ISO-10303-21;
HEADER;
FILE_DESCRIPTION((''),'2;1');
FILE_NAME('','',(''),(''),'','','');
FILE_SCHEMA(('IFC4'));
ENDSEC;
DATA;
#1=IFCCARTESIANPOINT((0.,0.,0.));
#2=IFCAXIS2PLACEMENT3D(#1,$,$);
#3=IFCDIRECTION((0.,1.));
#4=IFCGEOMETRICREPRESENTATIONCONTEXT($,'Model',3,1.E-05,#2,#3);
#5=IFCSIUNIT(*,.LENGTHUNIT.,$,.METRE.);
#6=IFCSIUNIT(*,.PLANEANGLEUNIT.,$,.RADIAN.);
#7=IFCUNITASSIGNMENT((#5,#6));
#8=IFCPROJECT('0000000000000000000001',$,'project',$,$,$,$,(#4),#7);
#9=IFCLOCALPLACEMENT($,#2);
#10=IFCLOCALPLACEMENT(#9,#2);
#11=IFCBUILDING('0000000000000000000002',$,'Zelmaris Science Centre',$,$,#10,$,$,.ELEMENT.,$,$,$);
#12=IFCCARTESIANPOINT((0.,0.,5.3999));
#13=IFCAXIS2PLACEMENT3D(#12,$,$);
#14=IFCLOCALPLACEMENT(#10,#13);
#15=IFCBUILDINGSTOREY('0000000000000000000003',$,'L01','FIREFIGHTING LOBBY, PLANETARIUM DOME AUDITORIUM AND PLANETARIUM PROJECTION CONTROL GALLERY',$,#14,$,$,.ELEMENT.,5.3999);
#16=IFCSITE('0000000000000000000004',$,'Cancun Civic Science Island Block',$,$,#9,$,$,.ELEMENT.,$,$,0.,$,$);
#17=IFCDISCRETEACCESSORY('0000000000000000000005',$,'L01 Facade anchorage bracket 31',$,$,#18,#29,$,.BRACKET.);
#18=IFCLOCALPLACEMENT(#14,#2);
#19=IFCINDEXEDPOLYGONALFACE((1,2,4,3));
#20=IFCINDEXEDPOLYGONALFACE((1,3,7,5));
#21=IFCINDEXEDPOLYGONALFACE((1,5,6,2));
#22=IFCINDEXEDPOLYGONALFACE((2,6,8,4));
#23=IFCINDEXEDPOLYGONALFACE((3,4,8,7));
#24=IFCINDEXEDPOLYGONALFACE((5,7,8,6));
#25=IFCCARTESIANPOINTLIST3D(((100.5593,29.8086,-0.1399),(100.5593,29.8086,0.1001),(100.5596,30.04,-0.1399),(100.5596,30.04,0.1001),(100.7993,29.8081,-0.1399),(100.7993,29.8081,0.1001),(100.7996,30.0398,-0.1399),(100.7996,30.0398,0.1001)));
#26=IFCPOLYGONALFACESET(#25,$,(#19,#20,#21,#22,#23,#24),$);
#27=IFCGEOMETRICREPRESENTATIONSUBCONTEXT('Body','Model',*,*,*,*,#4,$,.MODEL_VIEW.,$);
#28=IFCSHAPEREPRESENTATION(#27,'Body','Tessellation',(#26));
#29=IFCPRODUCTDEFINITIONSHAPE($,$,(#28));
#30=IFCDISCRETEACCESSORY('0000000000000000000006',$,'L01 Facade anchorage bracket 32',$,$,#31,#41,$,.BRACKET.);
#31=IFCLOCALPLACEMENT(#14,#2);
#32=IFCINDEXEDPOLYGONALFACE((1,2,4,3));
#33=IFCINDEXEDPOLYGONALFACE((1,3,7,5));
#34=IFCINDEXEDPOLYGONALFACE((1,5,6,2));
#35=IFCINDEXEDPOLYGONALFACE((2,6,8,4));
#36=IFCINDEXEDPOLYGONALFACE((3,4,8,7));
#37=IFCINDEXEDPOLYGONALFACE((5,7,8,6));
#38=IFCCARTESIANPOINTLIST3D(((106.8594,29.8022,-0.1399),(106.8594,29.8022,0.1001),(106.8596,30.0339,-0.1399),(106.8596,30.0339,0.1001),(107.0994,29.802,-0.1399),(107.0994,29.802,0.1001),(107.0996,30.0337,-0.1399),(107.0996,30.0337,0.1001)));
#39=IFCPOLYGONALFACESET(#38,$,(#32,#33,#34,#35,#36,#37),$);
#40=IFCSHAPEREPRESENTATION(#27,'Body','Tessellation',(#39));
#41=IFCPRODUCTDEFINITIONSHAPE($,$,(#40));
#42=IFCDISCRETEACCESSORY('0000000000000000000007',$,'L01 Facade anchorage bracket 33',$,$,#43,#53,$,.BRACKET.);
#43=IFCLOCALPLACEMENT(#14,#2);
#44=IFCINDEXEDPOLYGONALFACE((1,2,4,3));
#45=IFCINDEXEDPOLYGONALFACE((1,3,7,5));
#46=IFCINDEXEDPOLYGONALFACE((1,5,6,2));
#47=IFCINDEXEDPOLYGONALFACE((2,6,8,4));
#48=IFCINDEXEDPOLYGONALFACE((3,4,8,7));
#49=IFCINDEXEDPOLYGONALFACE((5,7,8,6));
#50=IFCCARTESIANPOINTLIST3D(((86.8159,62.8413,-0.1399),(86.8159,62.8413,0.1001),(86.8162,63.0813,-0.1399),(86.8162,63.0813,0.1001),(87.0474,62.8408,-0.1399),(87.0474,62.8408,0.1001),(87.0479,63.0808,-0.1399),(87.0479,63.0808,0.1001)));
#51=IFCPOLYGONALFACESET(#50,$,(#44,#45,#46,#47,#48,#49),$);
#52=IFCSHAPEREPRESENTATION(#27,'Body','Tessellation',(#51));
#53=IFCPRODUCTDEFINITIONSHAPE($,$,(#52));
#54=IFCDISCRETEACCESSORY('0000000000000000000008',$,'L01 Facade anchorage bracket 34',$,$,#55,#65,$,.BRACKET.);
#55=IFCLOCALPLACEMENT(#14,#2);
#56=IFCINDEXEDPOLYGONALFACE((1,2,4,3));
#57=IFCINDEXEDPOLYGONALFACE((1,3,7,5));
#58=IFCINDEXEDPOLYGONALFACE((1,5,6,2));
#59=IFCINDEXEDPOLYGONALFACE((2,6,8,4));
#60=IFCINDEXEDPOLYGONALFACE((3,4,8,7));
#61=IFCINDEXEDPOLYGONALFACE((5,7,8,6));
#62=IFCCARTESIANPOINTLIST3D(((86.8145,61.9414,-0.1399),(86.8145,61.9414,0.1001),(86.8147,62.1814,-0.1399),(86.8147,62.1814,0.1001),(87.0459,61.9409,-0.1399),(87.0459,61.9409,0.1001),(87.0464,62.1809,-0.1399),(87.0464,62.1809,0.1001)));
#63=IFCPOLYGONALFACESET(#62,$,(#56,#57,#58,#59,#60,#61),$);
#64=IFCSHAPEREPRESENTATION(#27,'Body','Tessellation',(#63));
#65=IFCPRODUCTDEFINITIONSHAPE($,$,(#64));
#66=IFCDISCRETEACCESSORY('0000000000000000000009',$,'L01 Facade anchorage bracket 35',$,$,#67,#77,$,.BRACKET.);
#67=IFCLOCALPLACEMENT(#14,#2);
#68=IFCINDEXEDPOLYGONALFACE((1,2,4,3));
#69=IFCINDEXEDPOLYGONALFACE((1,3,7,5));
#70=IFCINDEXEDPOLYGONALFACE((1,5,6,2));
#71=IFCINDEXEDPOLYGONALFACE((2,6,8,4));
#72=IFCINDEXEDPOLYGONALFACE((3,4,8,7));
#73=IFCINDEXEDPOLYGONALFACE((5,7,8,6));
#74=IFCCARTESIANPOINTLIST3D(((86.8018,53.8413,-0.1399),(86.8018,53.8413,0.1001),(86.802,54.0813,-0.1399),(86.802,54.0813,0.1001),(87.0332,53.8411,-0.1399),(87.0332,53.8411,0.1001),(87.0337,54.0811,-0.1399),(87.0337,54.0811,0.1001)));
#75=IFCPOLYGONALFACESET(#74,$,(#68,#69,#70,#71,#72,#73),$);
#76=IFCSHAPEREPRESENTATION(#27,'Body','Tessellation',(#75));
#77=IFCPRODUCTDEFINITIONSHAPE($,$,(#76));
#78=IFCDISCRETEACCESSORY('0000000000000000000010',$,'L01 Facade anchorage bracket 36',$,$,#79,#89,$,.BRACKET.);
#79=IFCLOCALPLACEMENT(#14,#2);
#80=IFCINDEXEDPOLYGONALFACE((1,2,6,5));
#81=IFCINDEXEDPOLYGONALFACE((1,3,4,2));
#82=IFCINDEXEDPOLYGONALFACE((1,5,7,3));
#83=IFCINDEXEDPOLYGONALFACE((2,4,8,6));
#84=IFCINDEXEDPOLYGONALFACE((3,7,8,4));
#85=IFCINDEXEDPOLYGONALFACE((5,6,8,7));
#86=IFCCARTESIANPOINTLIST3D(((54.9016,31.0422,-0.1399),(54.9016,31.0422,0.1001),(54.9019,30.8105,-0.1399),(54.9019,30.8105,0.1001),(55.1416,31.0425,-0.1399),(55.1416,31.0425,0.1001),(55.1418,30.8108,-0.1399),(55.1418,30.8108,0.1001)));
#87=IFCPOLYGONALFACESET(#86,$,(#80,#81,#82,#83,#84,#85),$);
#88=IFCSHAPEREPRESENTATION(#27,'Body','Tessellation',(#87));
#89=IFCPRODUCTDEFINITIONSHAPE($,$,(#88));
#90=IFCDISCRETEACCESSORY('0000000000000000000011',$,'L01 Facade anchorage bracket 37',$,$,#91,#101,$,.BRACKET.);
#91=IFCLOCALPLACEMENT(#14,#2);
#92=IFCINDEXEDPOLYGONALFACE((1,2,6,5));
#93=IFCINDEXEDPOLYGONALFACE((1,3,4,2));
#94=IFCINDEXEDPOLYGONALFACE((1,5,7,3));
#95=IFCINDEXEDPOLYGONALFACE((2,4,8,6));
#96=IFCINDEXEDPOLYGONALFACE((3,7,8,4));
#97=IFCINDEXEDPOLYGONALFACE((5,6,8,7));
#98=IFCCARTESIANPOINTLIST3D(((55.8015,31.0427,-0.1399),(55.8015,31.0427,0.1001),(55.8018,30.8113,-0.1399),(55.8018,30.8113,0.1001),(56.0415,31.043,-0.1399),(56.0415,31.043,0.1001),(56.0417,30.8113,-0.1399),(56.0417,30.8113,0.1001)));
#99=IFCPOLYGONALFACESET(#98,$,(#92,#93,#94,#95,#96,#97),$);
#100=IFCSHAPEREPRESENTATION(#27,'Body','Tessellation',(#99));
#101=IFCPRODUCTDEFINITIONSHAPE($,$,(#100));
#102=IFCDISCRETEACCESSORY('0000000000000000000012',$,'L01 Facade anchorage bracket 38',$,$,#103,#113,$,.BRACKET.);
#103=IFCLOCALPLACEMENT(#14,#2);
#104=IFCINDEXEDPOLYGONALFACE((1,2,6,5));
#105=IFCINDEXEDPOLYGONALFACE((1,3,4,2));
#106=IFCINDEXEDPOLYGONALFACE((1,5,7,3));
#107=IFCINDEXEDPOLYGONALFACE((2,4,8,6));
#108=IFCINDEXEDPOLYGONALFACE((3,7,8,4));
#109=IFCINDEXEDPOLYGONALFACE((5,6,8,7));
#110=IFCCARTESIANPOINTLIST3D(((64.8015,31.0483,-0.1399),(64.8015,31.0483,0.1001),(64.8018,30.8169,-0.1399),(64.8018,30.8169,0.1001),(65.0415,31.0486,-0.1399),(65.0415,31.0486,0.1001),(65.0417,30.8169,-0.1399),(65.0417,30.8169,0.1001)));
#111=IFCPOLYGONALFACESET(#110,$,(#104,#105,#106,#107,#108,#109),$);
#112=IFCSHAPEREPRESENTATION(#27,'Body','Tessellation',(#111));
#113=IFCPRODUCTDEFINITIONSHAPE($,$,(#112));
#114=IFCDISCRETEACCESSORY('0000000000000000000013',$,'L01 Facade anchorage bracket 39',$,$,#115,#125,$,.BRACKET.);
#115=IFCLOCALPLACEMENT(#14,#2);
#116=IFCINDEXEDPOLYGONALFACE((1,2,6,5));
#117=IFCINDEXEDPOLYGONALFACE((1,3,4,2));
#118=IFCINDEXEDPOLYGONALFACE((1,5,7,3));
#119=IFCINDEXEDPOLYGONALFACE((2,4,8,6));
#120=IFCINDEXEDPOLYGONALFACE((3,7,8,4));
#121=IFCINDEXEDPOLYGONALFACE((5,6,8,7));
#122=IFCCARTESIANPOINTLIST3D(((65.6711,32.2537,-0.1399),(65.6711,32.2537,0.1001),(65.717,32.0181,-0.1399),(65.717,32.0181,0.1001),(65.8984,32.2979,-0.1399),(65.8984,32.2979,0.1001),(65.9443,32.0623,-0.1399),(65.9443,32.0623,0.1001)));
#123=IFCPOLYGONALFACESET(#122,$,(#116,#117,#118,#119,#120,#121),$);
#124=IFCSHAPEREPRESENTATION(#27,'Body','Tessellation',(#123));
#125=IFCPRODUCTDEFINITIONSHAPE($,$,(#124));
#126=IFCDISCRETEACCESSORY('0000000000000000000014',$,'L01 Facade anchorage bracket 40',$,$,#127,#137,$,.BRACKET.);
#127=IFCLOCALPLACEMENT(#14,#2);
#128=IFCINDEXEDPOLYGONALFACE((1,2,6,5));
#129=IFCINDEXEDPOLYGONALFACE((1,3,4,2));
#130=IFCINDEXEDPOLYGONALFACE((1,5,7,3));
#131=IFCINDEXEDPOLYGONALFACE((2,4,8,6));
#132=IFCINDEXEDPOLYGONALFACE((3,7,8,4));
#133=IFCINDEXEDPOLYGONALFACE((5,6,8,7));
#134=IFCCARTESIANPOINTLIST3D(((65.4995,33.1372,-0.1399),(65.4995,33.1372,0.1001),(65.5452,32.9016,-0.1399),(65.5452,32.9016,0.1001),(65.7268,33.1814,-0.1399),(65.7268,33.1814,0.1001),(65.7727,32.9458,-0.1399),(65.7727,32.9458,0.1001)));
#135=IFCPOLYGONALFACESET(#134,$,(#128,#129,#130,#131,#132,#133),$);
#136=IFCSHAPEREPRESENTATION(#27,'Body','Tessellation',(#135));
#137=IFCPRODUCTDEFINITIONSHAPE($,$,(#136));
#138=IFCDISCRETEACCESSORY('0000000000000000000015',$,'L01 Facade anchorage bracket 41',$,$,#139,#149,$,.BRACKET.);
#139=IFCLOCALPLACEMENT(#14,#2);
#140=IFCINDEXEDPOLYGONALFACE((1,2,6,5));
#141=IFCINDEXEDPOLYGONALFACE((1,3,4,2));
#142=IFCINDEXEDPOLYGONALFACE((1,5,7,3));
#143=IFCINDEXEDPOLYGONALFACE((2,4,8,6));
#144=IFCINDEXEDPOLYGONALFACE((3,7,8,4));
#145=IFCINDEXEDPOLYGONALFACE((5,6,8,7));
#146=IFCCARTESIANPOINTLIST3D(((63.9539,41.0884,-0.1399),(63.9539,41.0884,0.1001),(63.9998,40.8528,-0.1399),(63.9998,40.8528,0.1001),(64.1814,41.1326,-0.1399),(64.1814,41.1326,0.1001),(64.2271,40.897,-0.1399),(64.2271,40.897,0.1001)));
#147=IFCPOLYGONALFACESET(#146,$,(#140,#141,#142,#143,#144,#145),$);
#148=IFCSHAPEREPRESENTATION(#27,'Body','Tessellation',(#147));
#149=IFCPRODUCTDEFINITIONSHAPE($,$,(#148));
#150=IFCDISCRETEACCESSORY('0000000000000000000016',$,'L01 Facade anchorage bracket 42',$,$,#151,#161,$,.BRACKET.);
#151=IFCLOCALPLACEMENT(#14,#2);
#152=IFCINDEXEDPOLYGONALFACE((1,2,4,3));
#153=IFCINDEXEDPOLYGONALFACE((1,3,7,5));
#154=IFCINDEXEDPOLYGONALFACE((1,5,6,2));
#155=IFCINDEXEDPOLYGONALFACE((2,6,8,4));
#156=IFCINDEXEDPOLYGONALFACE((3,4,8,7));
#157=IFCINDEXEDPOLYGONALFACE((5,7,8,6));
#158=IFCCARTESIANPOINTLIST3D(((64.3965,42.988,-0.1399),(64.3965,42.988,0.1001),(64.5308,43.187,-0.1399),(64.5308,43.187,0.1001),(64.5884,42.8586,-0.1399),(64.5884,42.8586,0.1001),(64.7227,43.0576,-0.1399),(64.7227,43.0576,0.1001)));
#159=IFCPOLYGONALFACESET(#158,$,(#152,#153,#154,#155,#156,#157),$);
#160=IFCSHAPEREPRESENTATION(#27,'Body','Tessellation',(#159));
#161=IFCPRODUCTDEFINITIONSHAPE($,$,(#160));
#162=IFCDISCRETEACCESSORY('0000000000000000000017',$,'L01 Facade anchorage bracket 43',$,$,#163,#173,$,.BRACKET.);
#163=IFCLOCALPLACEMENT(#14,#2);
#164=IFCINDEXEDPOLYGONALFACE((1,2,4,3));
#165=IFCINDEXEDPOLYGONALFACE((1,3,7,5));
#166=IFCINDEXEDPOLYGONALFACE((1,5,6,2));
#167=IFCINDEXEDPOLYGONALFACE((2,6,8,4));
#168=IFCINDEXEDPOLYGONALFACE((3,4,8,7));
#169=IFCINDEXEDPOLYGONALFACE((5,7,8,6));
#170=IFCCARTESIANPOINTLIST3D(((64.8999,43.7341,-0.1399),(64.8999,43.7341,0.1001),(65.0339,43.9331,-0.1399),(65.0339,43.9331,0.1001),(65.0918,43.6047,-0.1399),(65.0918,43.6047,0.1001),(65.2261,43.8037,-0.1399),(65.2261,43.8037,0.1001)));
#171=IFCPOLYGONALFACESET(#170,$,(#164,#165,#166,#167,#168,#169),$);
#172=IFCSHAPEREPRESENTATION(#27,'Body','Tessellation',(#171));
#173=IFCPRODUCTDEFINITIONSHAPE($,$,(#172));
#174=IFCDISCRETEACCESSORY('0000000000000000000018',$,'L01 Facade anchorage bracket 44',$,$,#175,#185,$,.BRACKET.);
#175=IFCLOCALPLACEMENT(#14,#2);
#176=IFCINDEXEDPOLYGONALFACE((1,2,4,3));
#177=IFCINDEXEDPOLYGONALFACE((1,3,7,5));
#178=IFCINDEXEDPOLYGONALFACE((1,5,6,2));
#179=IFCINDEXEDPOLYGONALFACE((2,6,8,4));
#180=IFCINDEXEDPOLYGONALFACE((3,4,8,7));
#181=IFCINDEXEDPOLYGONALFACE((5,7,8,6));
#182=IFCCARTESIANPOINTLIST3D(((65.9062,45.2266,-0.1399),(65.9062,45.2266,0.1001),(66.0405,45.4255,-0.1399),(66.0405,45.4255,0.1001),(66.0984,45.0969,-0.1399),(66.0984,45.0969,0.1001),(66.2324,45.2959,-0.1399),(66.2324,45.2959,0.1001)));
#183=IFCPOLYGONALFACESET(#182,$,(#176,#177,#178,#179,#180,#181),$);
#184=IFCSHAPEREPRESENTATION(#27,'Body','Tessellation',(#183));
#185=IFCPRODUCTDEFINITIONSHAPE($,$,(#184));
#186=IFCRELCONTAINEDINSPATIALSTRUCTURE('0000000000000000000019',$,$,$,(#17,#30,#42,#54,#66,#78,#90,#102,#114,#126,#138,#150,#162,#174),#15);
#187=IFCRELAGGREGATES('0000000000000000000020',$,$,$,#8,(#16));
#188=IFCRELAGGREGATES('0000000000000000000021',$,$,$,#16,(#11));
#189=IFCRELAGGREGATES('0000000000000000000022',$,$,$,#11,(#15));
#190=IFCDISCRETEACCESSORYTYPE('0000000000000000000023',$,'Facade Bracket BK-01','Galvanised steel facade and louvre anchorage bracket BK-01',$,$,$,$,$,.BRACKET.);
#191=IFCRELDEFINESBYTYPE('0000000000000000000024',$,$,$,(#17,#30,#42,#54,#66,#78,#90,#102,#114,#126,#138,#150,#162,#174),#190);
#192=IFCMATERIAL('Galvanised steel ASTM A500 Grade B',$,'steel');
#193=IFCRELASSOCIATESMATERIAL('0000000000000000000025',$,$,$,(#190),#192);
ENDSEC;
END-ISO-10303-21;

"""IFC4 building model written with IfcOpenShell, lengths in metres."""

from ifc_helpers import new_model, si_unit, direction, frame, origin, place, context, subcontext, project, spatial, polyline, outline, extrude, material, type_object, element, save


model = new_model("IFC4")

# Units and contexts
model_context = context("Model", 3, precision=1e-05, world=origin(), true_north=direction((0.0, 1.0)))
body_context = subcontext(model_context, "Body", "Model", "MODEL_VIEW")
ifc_project = project(units=[si_unit("LENGTHUNIT", "METRE"), si_unit("PLANEANGLEUNIT", "RADIAN")], contexts=[model_context])

# Site, building, storey
site_placement = place(None, origin())
site = spatial("IfcSite", under=ifc_project, at=site_placement, Name="Cancun Civic Science Island Block", CompositionType="ELEMENT", RefElevation=0.0)
building_placement = place(site_placement, origin())
building = spatial("IfcBuilding", under=site, at=building_placement, Name="Zelmaris Science Centre", CompositionType="ELEMENT")
storey_placement = place(building_placement, frame((0.0, 0.0, 5.3999)))
storey = spatial("IfcBuildingStorey", under=building, at=storey_placement, Name="L01", Description="FIREFIGHTING LOBBY, PLANETARIUM DOME AUDITORIUM AND PLANETARIUM PROJECTION CONTROL GALLERY", CompositionType="ELEMENT", Elevation=5.3999)

# Discrete accessories
ifc_material = material(Name="Galvanised steel ASTM A500 Grade B", Category="steel")
discrete_accessory_type = type_object("IfcDiscreteAccessoryType", Name="Facade Bracket BK-01", Description="Galvanised steel facade and louvre anchorage bracket BK-01", PredefinedType="BRACKET", material=ifc_material)
discrete_accessory_1_placement = place(storey_placement, frame((0.0, 0.0, -0.1399)))
element("IfcDiscreteAccessory", 1, at=discrete_accessory_1_placement, inside=storey, type_object=discrete_accessory_type, Name="L01 Facade anchorage bracket 31", PredefinedType="BRACKET", context=body_context, shape_type="SweptSolid", body=[
    extrude(outline(polyline([(100.5593, 29.8086), (100.7993, 29.8081), (100.7996, 30.0398), (100.5596, 30.04), (100.5593, 29.8086)])), origin(), (0.0, 0.0, 1.0), 0.24),
])
discrete_accessory_2_placement = place(storey_placement, frame((0.0, 0.0, -0.1399)))
element("IfcDiscreteAccessory", 2, at=discrete_accessory_2_placement, inside=storey, type_object=discrete_accessory_type, Name="L01 Facade anchorage bracket 32", PredefinedType="BRACKET", context=body_context, shape_type="SweptSolid", body=[
    extrude(outline(polyline([(106.8594, 29.8022), (107.0994, 29.802), (107.0996, 30.0337), (106.8596, 30.0339), (106.8594, 29.8022)])), origin(), (0.0, 0.0, 1.0), 0.24),
])
discrete_accessory_3_placement = place(storey_placement, frame((0.0, 0.0, -0.1399)))
element("IfcDiscreteAccessory", 3, at=discrete_accessory_3_placement, inside=storey, type_object=discrete_accessory_type, Name="L01 Facade anchorage bracket 33", PredefinedType="BRACKET", context=body_context, shape_type="SweptSolid", body=[
    extrude(outline(polyline([(86.8162, 63.0813), (86.8159, 62.8413), (87.0474, 62.8408), (87.0479, 63.0808), (86.8162, 63.0813)])), origin(), (0.0, 0.0, 1.0), 0.24),
])
discrete_accessory_4_placement = place(storey_placement, frame((0.0, 0.0, -0.1399)))
element("IfcDiscreteAccessory", 4, at=discrete_accessory_4_placement, inside=storey, type_object=discrete_accessory_type, Name="L01 Facade anchorage bracket 34", PredefinedType="BRACKET", context=body_context, shape_type="SweptSolid", body=[
    extrude(outline(polyline([(86.8147, 62.1814), (86.8145, 61.9414), (87.0459, 61.9409), (87.0464, 62.1809), (86.8147, 62.1814)])), origin(), (0.0, 0.0, 1.0), 0.24),
])
discrete_accessory_5_placement = place(storey_placement, frame((0.0, 0.0, -0.1399)))
element("IfcDiscreteAccessory", 5, at=discrete_accessory_5_placement, inside=storey, type_object=discrete_accessory_type, Name="L01 Facade anchorage bracket 35", PredefinedType="BRACKET", context=body_context, shape_type="SweptSolid", body=[
    extrude(outline(polyline([(86.802, 54.0813), (86.8018, 53.8413), (87.0332, 53.8411), (87.0337, 54.0811), (86.802, 54.0813)])), origin(), (0.0, 0.0, 1.0), 0.24),
])
discrete_accessory_6_placement = place(storey_placement, frame((0.0, 0.0, -0.1399)))
element("IfcDiscreteAccessory", 6, at=discrete_accessory_6_placement, inside=storey, type_object=discrete_accessory_type, Name="L01 Facade anchorage bracket 36", PredefinedType="BRACKET", context=body_context, shape_type="SweptSolid", body=[
    extrude(outline(polyline([(54.9019, 30.8105), (55.1418, 30.8108), (55.1416, 31.0425), (54.9016, 31.0422), (54.9019, 30.8105)])), origin(), (0.0, 0.0, 1.0), 0.24),
])
discrete_accessory_7_placement = place(storey_placement, frame((0.0, 0.0, -0.1399)))
element("IfcDiscreteAccessory", 7, at=discrete_accessory_7_placement, inside=storey, type_object=discrete_accessory_type, Name="L01 Facade anchorage bracket 37", PredefinedType="BRACKET", context=body_context, shape_type="SweptSolid", body=[
    extrude(outline(polyline([(55.8018, 30.8113), (56.0417, 30.8113), (56.0415, 31.043), (55.8015, 31.0427), (55.8018, 30.8113)])), origin(), (0.0, 0.0, 1.0), 0.24),
])
discrete_accessory_8_placement = place(storey_placement, frame((0.0, 0.0, -0.1399)))
element("IfcDiscreteAccessory", 8, at=discrete_accessory_8_placement, inside=storey, type_object=discrete_accessory_type, Name="L01 Facade anchorage bracket 38", PredefinedType="BRACKET", context=body_context, shape_type="SweptSolid", body=[
    extrude(outline(polyline([(64.8018, 30.8169), (65.0417, 30.8169), (65.0415, 31.0486), (64.8015, 31.0483), (64.8018, 30.8169)])), origin(), (0.0, 0.0, 1.0), 0.24),
])
discrete_accessory_9_placement = place(storey_placement, frame((0.0, 0.0, -0.1399)))
element("IfcDiscreteAccessory", 9, at=discrete_accessory_9_placement, inside=storey, type_object=discrete_accessory_type, Name="L01 Facade anchorage bracket 39", PredefinedType="BRACKET", context=body_context, shape_type="SweptSolid", body=[
    extrude(outline(polyline([(65.9443, 32.0623), (65.8984, 32.2979), (65.6711, 32.2537), (65.717, 32.0181), (65.9443, 32.0623)])), origin(), (0.0, 0.0, 1.0), 0.24),
])
discrete_accessory_10_placement = place(storey_placement, frame((0.0, 0.0, -0.1399)))
element("IfcDiscreteAccessory", 10, at=discrete_accessory_10_placement, inside=storey, type_object=discrete_accessory_type, Name="L01 Facade anchorage bracket 40", PredefinedType="BRACKET", context=body_context, shape_type="SweptSolid", body=[
    extrude(outline(polyline([(65.7727, 32.9458), (65.7268, 33.1814), (65.4995, 33.1372), (65.5452, 32.9016), (65.7727, 32.9458)])), origin(), (0.0, 0.0, 1.0), 0.24),
])
discrete_accessory_11_placement = place(storey_placement, frame((0.0, 0.0, -0.1399)))
element("IfcDiscreteAccessory", 11, at=discrete_accessory_11_placement, inside=storey, type_object=discrete_accessory_type, Name="L01 Facade anchorage bracket 41", PredefinedType="BRACKET", context=body_context, shape_type="SweptSolid", body=[
    extrude(outline(polyline([(64.2271, 40.897), (64.1814, 41.1326), (63.9539, 41.0884), (63.9998, 40.8528), (64.2271, 40.897)])), origin(), (0.0, 0.0, 1.0), 0.24),
])
discrete_accessory_12_placement = place(storey_placement, frame((0.0, 0.0, -0.1399)))
element("IfcDiscreteAccessory", 12, at=discrete_accessory_12_placement, inside=storey, type_object=discrete_accessory_type, Name="L01 Facade anchorage bracket 42", PredefinedType="BRACKET", context=body_context, shape_type="SweptSolid", body=[
    extrude(outline(polyline([(64.5884, 42.8586), (64.7227, 43.0576), (64.5308, 43.187), (64.3965, 42.988), (64.5884, 42.8586)])), origin(), (0.0, 0.0, 1.0), 0.24),
])
discrete_accessory_13_placement = place(storey_placement, frame((0.0, 0.0, -0.1399)))
element("IfcDiscreteAccessory", 13, at=discrete_accessory_13_placement, inside=storey, type_object=discrete_accessory_type, Name="L01 Facade anchorage bracket 43", PredefinedType="BRACKET", context=body_context, shape_type="SweptSolid", body=[
    extrude(outline(polyline([(65.0918, 43.6047), (65.2261, 43.8037), (65.0339, 43.9331), (64.8999, 43.7341), (65.0918, 43.6047)])), origin(), (0.0, 0.0, 1.0), 0.24),
])
discrete_accessory_14_placement = place(storey_placement, frame((0.0, 0.0, -0.1399)))
element("IfcDiscreteAccessory", 14, at=discrete_accessory_14_placement, inside=storey, type_object=discrete_accessory_type, Name="L01 Facade anchorage bracket 44", PredefinedType="BRACKET", context=body_context, shape_type="SweptSolid", body=[
    extrude(outline(polyline([(66.0984, 45.0969), (66.2324, 45.2959), (66.0405, 45.4255), (65.9062, 45.2266), (66.0984, 45.0969)])), origin(), (0.0, 0.0, 1.0), 0.24),
])

save(model, "model.ifc")
